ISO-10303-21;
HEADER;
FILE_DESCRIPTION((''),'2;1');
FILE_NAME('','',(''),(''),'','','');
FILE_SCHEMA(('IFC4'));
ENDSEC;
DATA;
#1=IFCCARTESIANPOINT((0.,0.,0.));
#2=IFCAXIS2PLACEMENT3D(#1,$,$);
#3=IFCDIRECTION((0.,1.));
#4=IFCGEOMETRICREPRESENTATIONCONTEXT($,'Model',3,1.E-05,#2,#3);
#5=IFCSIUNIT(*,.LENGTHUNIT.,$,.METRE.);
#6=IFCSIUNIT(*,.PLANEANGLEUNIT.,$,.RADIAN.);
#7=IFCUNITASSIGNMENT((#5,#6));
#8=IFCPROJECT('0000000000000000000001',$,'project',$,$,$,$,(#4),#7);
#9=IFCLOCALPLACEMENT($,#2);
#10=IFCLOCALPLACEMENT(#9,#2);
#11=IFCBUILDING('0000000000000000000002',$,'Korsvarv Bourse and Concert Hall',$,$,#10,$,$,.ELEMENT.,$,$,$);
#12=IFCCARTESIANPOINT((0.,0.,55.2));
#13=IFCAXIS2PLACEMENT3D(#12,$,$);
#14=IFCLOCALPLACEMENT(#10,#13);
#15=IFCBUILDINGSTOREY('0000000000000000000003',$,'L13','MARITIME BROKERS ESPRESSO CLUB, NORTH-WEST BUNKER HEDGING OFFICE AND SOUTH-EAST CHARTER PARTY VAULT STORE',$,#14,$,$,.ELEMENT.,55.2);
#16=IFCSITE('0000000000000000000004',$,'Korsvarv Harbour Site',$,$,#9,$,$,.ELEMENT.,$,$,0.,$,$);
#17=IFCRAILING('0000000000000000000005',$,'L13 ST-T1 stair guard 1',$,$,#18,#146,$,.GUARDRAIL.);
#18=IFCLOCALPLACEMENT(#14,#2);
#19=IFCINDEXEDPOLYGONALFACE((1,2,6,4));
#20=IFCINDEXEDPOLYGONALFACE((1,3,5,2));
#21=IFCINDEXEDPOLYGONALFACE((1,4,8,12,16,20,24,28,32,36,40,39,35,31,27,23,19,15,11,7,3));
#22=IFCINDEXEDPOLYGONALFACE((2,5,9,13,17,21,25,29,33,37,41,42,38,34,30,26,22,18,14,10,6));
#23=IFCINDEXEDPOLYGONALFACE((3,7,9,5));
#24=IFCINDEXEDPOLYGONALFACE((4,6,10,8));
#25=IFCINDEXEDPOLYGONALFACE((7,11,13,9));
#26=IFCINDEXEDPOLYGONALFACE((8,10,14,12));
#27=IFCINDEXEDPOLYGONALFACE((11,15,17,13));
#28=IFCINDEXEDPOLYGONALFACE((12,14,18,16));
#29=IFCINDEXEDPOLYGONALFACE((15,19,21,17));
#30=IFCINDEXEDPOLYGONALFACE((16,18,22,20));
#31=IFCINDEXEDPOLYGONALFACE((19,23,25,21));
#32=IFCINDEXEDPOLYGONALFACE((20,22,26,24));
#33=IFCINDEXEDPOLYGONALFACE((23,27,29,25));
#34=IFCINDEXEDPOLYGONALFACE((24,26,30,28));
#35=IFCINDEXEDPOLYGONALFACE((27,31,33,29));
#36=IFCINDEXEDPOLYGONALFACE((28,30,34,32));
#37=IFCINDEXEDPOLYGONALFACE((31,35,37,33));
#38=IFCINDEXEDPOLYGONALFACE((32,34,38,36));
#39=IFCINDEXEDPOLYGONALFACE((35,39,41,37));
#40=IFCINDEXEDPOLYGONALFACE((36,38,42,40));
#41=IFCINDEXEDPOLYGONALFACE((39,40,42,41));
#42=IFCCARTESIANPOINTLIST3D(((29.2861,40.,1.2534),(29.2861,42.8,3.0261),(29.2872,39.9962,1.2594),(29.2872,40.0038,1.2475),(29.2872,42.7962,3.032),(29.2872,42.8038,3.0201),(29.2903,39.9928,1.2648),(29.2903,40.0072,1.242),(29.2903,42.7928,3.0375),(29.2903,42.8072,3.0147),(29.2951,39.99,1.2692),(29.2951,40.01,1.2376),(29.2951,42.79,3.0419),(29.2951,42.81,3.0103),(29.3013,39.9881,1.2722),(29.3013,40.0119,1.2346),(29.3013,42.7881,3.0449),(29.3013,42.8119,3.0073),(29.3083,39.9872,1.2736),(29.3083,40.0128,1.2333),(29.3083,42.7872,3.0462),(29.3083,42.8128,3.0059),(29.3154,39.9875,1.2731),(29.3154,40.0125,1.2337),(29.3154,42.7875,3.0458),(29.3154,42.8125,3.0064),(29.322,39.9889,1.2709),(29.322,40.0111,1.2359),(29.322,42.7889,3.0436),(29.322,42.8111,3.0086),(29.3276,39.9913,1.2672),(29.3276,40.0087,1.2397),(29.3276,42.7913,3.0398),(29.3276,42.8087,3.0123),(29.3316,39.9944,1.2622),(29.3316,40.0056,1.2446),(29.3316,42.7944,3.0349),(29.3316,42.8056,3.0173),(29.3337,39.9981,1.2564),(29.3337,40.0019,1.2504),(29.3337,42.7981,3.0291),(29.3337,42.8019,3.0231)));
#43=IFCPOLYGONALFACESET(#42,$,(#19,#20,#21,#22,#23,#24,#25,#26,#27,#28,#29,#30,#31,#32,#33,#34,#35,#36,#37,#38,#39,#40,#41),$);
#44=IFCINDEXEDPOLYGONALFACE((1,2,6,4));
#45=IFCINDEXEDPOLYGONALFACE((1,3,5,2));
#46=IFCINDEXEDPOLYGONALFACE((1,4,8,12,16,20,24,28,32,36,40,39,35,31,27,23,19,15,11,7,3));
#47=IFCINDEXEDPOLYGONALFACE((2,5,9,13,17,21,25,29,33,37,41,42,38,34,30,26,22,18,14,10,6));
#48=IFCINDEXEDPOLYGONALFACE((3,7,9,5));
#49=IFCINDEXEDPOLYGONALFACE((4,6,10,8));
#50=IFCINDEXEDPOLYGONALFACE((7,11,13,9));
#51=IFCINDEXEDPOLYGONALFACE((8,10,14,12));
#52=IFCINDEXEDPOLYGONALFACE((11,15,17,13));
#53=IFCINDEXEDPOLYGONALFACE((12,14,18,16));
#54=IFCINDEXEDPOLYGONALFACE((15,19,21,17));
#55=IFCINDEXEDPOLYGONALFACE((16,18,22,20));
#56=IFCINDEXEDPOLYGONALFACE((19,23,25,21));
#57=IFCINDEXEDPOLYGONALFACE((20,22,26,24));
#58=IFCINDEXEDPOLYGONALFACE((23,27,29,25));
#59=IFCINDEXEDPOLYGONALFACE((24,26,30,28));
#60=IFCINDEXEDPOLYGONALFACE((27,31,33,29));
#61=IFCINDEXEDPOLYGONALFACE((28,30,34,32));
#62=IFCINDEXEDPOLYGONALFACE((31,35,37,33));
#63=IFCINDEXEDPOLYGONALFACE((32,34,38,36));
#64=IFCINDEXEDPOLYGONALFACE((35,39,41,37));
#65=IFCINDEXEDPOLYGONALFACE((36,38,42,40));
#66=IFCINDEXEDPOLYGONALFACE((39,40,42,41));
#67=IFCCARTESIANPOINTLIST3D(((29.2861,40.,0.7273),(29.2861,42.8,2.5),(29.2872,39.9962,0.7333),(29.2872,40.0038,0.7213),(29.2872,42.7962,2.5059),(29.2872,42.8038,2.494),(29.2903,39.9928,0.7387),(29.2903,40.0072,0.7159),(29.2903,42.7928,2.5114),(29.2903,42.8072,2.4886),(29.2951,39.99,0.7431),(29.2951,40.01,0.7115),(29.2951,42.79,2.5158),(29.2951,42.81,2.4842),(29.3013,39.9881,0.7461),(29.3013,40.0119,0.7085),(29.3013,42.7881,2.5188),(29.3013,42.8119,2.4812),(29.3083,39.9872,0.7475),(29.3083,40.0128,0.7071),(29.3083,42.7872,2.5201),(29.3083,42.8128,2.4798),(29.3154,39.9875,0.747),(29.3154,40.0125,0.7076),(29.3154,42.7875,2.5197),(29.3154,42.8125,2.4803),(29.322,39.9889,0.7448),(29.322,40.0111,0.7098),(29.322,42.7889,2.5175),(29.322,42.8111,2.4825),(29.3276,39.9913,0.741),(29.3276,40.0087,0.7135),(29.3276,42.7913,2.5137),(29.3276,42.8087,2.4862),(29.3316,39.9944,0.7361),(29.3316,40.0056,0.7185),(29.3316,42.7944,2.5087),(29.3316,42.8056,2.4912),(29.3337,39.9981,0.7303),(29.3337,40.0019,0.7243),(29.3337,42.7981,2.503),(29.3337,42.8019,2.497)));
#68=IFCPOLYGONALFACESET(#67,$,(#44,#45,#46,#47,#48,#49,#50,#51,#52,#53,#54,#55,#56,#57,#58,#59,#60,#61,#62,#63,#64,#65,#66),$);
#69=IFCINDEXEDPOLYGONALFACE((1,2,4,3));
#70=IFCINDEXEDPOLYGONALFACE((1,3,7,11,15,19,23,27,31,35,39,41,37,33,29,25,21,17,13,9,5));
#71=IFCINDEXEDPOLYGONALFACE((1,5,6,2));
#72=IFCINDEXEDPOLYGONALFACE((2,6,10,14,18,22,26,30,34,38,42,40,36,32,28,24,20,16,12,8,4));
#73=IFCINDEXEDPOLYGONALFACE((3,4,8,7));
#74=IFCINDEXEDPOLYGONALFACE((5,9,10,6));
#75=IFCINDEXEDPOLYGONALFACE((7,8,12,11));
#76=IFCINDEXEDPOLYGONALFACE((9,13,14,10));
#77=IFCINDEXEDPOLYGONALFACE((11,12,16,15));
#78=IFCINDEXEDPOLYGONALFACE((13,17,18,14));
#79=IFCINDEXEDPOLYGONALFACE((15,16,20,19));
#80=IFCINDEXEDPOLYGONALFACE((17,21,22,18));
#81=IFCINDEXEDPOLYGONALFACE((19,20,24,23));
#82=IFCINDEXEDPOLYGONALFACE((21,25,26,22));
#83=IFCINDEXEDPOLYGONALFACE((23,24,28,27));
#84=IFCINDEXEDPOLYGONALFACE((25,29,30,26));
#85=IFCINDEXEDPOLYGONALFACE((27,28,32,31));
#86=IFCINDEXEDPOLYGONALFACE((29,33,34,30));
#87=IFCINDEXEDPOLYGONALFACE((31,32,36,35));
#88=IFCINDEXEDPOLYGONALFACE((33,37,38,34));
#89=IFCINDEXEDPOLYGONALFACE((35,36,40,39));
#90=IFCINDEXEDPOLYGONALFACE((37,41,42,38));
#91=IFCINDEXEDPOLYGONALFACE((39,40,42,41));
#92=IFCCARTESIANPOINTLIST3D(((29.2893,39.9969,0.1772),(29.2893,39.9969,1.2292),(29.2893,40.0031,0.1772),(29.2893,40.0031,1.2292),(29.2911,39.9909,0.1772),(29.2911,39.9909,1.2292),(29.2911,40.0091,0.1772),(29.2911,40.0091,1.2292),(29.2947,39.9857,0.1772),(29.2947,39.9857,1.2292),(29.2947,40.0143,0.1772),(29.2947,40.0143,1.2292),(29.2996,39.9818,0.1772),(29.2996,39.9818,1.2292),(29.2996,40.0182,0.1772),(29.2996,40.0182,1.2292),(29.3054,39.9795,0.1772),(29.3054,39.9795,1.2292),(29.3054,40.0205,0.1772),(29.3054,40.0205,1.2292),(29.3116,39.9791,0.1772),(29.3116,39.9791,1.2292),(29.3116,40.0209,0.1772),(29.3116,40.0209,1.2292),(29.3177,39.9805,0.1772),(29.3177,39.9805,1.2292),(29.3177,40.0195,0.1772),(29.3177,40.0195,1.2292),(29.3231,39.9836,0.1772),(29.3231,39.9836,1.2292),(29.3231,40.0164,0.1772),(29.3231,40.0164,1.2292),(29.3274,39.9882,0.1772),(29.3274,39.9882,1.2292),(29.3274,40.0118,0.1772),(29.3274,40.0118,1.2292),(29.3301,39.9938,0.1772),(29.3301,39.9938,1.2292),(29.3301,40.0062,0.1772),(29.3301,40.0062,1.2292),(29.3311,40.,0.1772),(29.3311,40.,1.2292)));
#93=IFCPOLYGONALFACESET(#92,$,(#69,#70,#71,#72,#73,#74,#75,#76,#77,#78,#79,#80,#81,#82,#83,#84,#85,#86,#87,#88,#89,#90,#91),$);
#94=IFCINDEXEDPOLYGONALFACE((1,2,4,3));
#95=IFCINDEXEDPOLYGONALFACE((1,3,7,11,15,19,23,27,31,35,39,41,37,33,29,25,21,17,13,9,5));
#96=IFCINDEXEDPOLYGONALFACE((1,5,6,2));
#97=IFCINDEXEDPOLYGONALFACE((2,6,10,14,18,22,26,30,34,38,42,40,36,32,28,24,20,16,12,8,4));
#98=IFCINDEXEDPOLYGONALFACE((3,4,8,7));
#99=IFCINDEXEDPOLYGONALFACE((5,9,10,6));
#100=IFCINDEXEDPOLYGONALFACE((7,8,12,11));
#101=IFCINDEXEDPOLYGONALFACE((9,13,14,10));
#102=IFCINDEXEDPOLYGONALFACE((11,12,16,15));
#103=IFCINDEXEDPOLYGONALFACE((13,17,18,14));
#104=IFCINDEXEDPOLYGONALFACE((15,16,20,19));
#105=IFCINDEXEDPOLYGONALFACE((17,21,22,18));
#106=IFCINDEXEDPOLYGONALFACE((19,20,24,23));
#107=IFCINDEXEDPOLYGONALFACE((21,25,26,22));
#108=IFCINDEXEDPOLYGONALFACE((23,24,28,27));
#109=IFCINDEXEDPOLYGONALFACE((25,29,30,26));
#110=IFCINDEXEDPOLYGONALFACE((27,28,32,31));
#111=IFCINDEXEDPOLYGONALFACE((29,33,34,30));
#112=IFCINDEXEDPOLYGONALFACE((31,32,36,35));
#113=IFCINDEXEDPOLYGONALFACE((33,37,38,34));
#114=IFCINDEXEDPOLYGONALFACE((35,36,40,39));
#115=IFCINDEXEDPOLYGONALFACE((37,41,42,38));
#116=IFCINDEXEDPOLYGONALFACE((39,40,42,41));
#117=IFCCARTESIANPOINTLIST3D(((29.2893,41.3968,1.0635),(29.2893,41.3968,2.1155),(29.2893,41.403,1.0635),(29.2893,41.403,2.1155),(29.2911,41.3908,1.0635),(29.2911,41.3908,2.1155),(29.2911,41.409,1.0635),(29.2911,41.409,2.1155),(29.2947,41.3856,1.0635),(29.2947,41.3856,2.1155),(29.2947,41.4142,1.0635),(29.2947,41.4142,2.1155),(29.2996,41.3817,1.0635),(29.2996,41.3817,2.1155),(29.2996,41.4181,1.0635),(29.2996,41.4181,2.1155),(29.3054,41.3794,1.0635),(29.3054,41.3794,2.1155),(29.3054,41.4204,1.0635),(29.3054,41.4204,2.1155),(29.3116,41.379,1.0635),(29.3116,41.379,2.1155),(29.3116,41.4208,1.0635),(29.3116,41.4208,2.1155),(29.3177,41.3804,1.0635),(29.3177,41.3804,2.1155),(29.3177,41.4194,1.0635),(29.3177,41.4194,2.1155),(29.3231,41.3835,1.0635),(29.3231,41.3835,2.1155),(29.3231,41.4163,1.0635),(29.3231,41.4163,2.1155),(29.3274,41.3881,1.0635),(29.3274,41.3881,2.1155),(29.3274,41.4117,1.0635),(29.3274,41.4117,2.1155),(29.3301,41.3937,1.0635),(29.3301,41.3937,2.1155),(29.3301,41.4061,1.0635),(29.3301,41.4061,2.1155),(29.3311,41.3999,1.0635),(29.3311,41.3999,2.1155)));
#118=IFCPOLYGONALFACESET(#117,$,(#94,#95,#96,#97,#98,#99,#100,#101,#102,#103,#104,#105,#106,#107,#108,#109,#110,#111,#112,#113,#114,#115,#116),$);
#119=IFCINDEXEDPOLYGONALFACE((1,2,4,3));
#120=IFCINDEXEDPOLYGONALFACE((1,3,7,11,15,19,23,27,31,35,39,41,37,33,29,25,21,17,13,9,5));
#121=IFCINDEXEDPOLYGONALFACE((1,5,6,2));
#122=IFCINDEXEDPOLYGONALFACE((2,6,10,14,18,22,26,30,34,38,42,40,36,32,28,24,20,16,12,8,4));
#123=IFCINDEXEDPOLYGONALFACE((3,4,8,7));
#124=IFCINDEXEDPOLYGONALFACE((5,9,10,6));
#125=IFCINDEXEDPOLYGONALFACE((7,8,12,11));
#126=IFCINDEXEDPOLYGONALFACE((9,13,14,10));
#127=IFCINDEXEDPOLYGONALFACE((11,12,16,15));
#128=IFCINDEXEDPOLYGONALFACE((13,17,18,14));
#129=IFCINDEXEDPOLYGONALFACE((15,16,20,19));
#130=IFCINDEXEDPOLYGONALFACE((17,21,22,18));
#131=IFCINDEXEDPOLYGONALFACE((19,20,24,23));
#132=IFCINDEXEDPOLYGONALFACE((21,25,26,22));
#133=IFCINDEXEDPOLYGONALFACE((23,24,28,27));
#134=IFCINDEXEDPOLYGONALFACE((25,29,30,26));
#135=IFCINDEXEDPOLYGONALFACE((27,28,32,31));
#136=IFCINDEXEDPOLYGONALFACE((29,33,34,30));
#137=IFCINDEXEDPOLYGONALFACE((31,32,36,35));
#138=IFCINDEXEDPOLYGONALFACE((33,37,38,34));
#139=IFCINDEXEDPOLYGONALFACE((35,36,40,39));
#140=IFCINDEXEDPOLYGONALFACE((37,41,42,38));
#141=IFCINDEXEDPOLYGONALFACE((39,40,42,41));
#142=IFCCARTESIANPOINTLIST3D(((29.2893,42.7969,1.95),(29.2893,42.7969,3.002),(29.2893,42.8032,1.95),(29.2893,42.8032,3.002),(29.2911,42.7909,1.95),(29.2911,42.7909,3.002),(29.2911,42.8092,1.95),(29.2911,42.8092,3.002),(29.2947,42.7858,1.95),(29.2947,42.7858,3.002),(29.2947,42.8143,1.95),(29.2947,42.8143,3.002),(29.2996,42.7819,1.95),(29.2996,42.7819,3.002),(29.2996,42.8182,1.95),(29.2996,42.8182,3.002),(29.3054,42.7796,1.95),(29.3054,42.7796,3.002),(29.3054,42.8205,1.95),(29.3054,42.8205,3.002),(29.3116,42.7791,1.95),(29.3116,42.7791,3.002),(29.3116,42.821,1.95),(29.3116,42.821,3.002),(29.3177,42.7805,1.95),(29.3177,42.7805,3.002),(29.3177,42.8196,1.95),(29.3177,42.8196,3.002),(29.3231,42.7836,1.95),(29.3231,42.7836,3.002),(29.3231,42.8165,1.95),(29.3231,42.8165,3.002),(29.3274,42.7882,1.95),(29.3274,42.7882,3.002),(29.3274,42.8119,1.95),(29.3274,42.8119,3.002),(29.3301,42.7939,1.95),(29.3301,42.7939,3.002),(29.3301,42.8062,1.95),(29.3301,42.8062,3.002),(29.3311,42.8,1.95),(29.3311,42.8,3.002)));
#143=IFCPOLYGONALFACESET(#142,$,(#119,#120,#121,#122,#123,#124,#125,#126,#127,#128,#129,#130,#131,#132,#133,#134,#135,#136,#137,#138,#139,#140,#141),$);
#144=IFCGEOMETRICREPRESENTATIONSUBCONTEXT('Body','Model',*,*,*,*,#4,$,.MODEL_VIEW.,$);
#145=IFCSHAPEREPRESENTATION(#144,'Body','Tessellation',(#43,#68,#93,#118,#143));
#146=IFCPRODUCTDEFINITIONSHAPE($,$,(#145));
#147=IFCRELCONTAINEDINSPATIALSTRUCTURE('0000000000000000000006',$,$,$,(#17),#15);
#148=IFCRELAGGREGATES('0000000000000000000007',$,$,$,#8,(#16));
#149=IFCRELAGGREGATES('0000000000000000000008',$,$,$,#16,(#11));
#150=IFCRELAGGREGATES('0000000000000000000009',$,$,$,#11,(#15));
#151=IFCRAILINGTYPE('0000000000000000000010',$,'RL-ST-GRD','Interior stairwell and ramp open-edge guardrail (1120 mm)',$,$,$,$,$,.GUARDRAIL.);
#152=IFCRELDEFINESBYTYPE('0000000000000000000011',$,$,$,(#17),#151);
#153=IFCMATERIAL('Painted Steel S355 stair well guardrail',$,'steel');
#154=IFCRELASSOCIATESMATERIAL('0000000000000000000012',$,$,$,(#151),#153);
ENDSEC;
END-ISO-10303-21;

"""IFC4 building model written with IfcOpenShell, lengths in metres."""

from ifc_helpers import new_model, si_unit, direction, frame, origin, origin_2d, place, context, subcontext, project, spatial, circle, extrude, material, type_object, element, save


model = new_model("IFC4")

# Units and contexts
model_context = context("Model", 3, precision=1e-05, world=origin(), true_north=direction((0.0, 1.0)))
body_context = subcontext(model_context, "Body", "Model", "MODEL_VIEW")
ifc_project = project(units=[si_unit("LENGTHUNIT", "METRE"), si_unit("PLANEANGLEUNIT", "RADIAN")], contexts=[model_context])

# Site, building, storey
site_placement = place(None, origin())
site = spatial("IfcSite", under=ifc_project, at=site_placement, Name="Korsvarv Harbour Site", CompositionType="ELEMENT", RefElevation=0.0)
building_placement = place(site_placement, origin())
building = spatial("IfcBuilding", under=site, at=building_placement, Name="Korsvarv Bourse and Concert Hall", CompositionType="ELEMENT")
storey_placement = place(building_placement, frame((0.0, 0.0, 55.2)))
storey = spatial("IfcBuildingStorey", under=building, at=storey_placement, Name="L13", Description="MARITIME BROKERS ESPRESSO CLUB, NORTH-WEST BUNKER HEDGING OFFICE AND SOUTH-EAST CHARTER PARTY VAULT STORE", CompositionType="ELEMENT", Elevation=55.2)

# Railing
ifc_material_1 = material(Name="Painted Steel S355 stair well guardrail", Category="steel")
railing_type_1 = type_object("IfcRailingType", Name="RL-ST-GRD", Description="Interior stairwell and ramp open-edge guardrail (1120 mm)", PredefinedType="GUARDRAIL", material=ifc_material_1)
railing_1_placement = place(storey_placement, frame((29.3101, 40.0, 0.1772)))
element("IfcRailing", 1, at=railing_1_placement, inside=storey, type_object=railing_type_1, Name="L13 ST-T1 stair guard 1", PredefinedType="GUARDRAIL", context=body_context, shape_type="SweptSolid", body=[
    extrude(circle(Radius=0.0239, at=origin_2d()), frame((0.0, 0.0, 1.0762), z_axis=(0.0, 0.844909, 0.53491), x_axis=(-1.0, 0.0, 0.0)), (0.0, 0.0, 1.0), 3.314),
    extrude(circle(Radius=0.0239, at=origin_2d()), frame((0.0, 0.0, 0.55), z_axis=(0.0, 0.844909, 0.53491), x_axis=(-1.0, 0.0, 0.0)), (0.0, 0.0, 1.0), 3.314),
    extrude(circle(Radius=0.021, at=origin_2d()), origin(), (0.0, 0.0, 1.0), 1.052),
    extrude(circle(Radius=0.021, at=origin_2d()), frame((0.0, 1.3999, 0.8862)), (0.0, 0.0, 1.0), 1.052),
    extrude(circle(Radius=0.021, at=origin_2d()), frame((0.0, 2.8, 1.7727)), (0.0, 0.0, 1.0), 1.052),
])

save(model, "model.ifc")
